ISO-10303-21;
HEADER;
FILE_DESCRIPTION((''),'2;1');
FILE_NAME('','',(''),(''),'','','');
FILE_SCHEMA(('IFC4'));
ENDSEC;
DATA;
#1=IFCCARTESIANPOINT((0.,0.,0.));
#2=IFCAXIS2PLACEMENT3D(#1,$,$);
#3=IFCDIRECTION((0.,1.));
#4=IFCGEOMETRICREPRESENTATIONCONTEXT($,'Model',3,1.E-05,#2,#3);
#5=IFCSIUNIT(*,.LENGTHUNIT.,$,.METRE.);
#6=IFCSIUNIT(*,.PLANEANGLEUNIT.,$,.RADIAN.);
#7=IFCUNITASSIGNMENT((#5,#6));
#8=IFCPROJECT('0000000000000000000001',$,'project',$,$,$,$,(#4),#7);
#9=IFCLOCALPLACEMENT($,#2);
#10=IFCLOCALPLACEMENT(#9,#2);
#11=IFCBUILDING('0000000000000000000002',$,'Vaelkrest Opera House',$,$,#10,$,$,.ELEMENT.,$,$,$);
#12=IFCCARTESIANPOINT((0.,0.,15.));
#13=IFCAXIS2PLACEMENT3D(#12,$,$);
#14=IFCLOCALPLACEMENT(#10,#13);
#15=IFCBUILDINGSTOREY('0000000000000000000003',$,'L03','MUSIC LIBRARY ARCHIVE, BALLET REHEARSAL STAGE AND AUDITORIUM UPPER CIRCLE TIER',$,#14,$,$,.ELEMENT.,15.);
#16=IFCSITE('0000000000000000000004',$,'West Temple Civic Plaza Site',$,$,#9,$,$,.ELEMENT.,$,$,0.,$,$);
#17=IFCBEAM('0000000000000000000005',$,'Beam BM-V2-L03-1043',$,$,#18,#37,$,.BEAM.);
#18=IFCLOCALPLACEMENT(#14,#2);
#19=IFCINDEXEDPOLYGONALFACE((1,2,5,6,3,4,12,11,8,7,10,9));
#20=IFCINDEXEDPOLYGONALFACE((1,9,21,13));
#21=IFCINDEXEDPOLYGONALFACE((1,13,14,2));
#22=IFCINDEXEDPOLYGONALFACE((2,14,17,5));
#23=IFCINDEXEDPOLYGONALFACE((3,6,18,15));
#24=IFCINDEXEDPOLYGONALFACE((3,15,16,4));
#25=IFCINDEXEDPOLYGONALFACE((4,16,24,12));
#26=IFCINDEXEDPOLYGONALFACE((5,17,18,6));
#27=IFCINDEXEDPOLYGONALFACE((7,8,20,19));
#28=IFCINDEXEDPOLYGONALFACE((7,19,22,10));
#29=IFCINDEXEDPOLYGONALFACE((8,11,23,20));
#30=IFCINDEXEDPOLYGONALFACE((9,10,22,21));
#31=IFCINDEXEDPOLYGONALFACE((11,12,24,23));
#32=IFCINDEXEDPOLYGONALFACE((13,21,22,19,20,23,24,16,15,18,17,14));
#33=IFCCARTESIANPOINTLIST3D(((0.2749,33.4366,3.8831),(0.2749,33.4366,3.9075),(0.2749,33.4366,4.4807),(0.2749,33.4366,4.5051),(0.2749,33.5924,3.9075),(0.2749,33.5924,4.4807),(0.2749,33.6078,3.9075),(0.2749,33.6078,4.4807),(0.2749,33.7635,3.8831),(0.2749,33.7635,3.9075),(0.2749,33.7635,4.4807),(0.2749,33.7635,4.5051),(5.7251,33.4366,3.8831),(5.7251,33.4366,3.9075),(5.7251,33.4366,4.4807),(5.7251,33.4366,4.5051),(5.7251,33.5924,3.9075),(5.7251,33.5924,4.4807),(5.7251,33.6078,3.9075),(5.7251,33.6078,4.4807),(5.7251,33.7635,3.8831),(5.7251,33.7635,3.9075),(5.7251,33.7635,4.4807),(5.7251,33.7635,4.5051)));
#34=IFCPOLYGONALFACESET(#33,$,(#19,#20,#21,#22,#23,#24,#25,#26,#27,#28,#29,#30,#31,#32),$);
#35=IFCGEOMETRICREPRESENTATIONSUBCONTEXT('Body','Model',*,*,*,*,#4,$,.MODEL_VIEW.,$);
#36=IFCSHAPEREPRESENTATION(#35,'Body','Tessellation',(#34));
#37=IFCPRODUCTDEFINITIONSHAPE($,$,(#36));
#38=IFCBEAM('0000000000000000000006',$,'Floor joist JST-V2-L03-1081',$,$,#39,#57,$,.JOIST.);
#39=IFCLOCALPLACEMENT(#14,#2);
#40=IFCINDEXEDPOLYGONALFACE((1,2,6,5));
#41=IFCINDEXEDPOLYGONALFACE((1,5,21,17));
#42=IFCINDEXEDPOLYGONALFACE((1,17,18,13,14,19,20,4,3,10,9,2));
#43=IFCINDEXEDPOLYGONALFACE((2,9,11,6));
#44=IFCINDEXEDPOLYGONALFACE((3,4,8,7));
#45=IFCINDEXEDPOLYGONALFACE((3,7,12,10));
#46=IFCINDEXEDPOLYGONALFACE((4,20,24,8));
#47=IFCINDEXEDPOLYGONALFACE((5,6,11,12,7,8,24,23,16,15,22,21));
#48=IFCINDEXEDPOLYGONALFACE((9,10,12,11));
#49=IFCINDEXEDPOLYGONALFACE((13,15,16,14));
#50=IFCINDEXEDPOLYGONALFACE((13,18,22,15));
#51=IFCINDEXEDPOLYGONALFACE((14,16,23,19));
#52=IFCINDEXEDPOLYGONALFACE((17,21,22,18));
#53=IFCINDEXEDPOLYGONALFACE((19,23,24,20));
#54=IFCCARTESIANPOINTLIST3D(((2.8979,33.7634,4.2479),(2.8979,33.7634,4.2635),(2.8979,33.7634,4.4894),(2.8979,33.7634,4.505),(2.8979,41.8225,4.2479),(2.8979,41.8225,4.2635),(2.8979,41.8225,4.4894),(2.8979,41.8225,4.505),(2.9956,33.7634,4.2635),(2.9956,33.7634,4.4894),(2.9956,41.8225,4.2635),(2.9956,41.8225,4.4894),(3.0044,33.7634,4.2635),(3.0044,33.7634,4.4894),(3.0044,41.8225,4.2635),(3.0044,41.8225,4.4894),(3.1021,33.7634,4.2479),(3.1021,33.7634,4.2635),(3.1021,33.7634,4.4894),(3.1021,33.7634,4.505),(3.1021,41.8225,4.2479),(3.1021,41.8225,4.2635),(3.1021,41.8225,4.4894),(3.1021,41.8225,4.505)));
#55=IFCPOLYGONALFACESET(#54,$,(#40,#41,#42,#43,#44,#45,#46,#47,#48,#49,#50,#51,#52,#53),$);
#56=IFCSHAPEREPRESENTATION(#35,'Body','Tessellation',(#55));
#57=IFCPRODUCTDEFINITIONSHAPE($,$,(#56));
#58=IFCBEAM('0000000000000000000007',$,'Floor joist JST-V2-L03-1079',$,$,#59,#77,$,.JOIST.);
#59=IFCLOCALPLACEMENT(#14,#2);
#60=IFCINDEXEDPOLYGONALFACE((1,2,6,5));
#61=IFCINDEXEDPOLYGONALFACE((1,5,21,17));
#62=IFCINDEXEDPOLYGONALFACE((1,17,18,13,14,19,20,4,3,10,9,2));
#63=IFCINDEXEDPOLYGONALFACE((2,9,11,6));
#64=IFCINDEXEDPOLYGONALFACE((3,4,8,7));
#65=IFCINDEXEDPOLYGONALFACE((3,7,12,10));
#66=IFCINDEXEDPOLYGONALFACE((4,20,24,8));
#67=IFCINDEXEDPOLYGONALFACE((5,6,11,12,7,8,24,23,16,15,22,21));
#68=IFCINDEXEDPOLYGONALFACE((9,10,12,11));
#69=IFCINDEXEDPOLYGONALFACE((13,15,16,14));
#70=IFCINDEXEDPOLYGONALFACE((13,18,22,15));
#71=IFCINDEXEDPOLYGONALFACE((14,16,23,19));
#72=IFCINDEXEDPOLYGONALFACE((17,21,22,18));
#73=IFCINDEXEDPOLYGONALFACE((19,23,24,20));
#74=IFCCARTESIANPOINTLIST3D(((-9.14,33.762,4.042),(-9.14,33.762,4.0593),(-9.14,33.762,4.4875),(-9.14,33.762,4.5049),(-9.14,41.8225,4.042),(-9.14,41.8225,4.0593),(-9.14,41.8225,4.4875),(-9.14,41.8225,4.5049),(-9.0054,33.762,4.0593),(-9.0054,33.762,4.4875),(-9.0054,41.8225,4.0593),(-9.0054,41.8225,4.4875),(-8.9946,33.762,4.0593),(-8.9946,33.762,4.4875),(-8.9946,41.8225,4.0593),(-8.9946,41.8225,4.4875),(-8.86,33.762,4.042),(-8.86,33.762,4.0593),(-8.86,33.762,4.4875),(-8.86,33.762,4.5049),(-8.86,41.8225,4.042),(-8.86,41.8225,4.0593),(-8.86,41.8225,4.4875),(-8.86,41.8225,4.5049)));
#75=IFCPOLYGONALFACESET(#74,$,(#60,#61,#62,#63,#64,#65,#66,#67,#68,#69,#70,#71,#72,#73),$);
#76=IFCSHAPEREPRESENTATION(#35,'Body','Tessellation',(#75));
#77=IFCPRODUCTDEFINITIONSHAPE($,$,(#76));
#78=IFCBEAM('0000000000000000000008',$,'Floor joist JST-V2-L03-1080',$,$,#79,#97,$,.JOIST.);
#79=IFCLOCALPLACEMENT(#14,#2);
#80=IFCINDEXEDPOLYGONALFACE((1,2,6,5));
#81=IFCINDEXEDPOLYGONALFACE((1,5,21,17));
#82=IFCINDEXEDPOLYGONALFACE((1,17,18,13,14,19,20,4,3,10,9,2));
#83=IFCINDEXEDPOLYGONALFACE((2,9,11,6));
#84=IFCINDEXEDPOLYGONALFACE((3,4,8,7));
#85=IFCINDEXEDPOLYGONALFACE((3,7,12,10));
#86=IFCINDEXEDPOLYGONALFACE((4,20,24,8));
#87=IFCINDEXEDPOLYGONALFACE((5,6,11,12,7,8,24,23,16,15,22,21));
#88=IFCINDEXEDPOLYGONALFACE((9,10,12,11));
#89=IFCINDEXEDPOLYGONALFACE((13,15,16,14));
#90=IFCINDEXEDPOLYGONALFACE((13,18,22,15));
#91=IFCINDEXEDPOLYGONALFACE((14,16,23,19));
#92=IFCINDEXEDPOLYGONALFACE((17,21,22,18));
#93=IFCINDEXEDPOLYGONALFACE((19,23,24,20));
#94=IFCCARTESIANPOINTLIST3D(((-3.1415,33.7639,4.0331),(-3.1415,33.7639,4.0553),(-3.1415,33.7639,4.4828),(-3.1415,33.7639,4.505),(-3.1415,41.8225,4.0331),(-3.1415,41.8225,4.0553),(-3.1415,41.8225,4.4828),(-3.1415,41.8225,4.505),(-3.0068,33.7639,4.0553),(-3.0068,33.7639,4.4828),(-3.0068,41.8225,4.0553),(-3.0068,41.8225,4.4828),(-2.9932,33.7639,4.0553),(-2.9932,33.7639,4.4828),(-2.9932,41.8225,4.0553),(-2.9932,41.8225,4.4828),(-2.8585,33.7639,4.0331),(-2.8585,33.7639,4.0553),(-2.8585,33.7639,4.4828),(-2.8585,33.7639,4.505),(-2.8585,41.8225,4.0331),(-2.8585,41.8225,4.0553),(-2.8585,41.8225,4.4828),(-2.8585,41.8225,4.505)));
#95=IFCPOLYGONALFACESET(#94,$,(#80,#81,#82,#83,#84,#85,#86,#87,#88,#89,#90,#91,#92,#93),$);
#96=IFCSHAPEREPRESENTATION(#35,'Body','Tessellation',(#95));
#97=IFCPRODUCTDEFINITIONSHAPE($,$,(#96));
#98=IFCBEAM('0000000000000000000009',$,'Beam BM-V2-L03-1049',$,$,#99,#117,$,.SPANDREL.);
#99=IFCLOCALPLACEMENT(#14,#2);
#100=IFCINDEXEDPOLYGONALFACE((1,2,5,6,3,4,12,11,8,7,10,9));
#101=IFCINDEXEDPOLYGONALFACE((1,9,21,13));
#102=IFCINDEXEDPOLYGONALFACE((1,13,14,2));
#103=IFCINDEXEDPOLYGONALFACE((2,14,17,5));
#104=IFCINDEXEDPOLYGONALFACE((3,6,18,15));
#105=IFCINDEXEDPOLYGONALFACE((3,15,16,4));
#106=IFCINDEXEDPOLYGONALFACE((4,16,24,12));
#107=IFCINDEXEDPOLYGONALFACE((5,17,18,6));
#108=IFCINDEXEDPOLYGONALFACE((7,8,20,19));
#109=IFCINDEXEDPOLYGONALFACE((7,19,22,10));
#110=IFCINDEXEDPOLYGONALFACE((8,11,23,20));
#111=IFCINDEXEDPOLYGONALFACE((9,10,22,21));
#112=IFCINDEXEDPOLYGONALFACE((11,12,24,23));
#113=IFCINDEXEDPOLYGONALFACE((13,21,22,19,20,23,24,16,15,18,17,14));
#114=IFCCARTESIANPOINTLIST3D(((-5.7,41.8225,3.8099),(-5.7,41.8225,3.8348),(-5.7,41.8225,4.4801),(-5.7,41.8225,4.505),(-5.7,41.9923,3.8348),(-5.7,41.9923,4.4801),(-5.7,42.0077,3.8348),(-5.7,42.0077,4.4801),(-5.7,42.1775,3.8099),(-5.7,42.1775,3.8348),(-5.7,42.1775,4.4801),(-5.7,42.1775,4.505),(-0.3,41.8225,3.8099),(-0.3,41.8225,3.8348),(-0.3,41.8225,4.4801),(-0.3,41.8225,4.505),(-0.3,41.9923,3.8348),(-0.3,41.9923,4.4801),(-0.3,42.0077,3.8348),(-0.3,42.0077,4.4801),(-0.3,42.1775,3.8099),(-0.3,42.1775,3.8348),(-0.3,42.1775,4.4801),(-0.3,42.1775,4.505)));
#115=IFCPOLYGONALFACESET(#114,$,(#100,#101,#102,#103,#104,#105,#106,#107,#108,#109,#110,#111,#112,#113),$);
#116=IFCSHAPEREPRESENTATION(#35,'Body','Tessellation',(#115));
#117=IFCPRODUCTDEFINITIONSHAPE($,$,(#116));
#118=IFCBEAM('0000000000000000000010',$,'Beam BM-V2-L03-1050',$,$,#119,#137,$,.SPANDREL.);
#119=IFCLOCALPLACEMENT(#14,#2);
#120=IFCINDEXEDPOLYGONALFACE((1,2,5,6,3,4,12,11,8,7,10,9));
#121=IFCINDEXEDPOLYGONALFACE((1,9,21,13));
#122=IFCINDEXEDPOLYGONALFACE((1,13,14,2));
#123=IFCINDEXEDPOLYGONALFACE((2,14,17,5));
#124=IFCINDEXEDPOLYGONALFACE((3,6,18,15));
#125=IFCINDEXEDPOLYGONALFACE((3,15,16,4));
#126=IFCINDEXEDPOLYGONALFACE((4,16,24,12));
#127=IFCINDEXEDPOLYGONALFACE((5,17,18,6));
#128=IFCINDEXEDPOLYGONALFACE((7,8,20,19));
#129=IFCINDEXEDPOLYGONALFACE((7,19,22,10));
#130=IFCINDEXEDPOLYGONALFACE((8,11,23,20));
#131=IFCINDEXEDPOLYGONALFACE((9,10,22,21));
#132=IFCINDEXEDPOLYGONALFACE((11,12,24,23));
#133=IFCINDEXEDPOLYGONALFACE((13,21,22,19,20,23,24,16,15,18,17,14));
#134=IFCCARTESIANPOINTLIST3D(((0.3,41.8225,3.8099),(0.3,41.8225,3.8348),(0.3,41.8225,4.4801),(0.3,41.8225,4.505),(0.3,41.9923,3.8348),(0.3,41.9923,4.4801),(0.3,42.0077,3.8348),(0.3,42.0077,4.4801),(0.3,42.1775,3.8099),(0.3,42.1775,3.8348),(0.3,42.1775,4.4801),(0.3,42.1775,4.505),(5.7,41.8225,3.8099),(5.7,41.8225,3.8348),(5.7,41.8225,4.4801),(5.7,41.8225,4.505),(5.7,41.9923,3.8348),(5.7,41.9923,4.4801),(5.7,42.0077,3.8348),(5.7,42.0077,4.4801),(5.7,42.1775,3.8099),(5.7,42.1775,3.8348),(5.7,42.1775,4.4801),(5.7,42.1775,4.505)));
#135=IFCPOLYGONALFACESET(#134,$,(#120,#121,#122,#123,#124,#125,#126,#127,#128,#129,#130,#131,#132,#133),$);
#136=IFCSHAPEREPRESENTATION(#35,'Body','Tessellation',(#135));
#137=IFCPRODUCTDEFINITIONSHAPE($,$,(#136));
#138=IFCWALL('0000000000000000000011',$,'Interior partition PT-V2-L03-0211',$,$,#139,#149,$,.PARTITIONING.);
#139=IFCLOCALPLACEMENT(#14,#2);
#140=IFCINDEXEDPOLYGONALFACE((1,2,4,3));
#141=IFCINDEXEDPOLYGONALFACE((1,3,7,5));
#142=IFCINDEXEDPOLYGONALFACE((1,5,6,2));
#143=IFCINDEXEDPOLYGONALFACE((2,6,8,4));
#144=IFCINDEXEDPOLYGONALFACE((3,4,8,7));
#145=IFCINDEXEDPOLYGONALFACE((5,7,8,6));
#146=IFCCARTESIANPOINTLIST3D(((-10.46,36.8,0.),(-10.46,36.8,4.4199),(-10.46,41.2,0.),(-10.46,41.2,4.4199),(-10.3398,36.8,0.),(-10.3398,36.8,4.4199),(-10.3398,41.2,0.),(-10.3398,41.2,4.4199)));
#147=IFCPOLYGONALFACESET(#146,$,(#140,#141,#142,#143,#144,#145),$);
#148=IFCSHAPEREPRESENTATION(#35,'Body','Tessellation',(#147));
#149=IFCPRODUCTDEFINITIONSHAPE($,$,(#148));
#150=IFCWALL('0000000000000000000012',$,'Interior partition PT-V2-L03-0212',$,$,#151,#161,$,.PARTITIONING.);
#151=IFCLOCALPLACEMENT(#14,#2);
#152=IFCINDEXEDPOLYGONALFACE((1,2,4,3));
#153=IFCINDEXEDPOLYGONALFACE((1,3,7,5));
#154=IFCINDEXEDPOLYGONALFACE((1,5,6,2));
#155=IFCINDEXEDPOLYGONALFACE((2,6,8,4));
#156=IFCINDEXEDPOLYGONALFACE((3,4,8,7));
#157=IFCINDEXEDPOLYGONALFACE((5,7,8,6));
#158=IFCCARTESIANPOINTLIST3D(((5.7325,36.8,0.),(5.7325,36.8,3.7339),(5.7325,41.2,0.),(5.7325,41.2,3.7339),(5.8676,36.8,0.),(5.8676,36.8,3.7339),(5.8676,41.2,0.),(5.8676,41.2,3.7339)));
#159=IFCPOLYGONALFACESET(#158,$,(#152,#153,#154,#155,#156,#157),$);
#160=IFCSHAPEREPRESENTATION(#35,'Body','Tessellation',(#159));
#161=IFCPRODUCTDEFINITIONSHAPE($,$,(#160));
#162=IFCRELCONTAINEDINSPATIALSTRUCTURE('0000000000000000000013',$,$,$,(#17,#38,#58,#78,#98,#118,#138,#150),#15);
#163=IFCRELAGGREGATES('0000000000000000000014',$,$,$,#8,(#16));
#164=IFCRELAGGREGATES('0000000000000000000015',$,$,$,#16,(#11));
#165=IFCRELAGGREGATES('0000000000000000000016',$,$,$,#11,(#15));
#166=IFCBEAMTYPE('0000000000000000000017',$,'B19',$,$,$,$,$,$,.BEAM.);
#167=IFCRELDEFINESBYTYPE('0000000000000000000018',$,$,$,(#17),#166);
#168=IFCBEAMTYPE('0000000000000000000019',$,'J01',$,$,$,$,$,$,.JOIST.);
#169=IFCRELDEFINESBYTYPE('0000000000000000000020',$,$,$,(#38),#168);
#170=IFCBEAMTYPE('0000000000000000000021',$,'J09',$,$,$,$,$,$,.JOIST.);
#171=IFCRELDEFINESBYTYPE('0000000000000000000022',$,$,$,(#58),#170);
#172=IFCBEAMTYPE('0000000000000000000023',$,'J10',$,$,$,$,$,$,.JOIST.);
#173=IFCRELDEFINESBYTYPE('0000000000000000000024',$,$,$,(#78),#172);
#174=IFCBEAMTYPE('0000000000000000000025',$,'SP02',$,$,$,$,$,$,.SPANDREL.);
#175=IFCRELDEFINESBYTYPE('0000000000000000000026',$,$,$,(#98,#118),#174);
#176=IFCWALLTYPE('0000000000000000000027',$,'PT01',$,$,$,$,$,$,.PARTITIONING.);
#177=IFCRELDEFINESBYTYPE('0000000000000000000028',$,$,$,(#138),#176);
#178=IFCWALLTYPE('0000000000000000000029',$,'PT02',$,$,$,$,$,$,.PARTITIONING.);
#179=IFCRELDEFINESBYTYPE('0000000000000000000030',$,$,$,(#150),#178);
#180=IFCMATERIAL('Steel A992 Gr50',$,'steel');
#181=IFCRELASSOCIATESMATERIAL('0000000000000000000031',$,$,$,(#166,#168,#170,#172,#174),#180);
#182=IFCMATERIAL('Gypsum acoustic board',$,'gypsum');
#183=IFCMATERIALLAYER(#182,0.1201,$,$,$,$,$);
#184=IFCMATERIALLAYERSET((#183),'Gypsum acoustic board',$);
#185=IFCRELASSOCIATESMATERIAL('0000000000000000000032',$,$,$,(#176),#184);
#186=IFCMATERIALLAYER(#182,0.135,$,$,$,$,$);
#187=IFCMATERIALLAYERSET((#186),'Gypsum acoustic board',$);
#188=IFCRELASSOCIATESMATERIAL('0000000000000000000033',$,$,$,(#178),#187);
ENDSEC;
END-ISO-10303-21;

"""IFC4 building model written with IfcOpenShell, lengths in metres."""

from ifc_helpers import new_model, si_unit, direction, frame, frame_2d, origin, origin_2d, place, context, subcontext, project, spatial, rectangle, i_section, extrude, material, layer, layer_set, material_profile, profile_set, type_object, element, save


model = new_model("IFC4")

# Units and contexts
model_context = context("Model", 3, precision=1e-05, world=origin(), true_north=direction((0.0, 1.0)))
body_context = subcontext(model_context, "Body", "Model", "MODEL_VIEW")
ifc_project = project(units=[si_unit("LENGTHUNIT", "METRE"), si_unit("PLANEANGLEUNIT", "RADIAN")], contexts=[model_context])

# Site, building, storey
site_placement = place(None, origin())
site = spatial("IfcSite", under=ifc_project, at=site_placement, Name="West Temple Civic Plaza Site", CompositionType="ELEMENT", RefElevation=0.0)
building_placement = place(site_placement, origin())
building = spatial("IfcBuilding", under=site, at=building_placement, Name="Vaelkrest Opera House", CompositionType="ELEMENT")
storey_placement = place(building_placement, frame((0.0, 0.0, 15.0)))
storey = spatial("IfcBuildingStorey", under=building, at=storey_placement, Name="L03", Description="MUSIC LIBRARY ARCHIVE, BALLET REHEARSAL STAGE AND AUDITORIUM UPPER CIRCLE TIER", CompositionType="ELEMENT", Elevation=15.0)

# Beams
ifc_material_1 = material(Name="Steel A992 Gr50", Category="steel")
ifc_material_profile_1 = material_profile(ifc_material_1, i_section(OverallWidth=0.3269, OverallDepth=0.6221, WebThickness=0.0154, FlangeThickness=0.0244, at=origin_2d()), Name="W24X131")
ifc_profile_set_1 = profile_set([ifc_material_profile_1], Name="Steel A992 Gr50")
beam_type_1 = type_object("IfcBeamType", Name="B19", PredefinedType="BEAM", material=ifc_profile_set_1)
beam_1_placement = place(storey_placement, frame((0.2749, 33.6001, 4.1941), z_axis=(1.0, 0.0, 0.0), x_axis=(0.0, 1.0, 0.0)))
element("IfcBeam", 1, at=beam_1_placement, inside=storey, type_object=beam_type_1, Name="Beam BM-V2-L03-1043", PredefinedType="BEAM", context=body_context, shape_type="SweptSolid", body=[
    extrude(i_section(OverallWidth=0.3269, OverallDepth=0.6221, WebThickness=0.0154, FlangeThickness=0.0244, at=origin_2d()), origin(), (0.0, 0.0, 1.0), 5.4502),
])
ifc_material_profile_2 = material_profile(ifc_material_1, i_section(OverallWidth=0.2041, OverallDepth=0.2571, WebThickness=0.0088, FlangeThickness=0.0156, at=origin_2d()), Name="W10X45")
ifc_profile_set_2 = profile_set([ifc_material_profile_2], Name="Steel A992 Gr50")
beam_type_2 = type_object("IfcBeamType", Name="J01", PredefinedType="JOIST", material=ifc_profile_set_2)
beam_2_placement = place(storey_placement, frame((3.0, 33.7634, 4.3765), z_axis=(0.0, 1.0, 0.0), x_axis=(-1.0, 0.0, 0.0)))
element("IfcBeam", 2, at=beam_2_placement, inside=storey, type_object=beam_type_2, Name="Floor joist JST-V2-L03-1081", PredefinedType="JOIST", context=body_context, shape_type="SweptSolid", body=[
    extrude(i_section(OverallWidth=0.2041, OverallDepth=0.2571, WebThickness=0.0088, FlangeThickness=0.0156, at=origin_2d()), origin(), (0.0, 0.0, 1.0), 8.0591),
])
ifc_material_profile_3 = material_profile(ifc_material_1, i_section(OverallWidth=0.28, OverallDepth=0.4629, WebThickness=0.0107, FlangeThickness=0.0173, at=origin_2d()), Name="W18X76")
ifc_profile_set_3 = profile_set([ifc_material_profile_3], Name="Steel A992 Gr50")
beam_type_3 = type_object("IfcBeamType", Name="J09", PredefinedType="JOIST", material=ifc_profile_set_3)
beam_3_placement = place(storey_placement, frame((-9.0, 33.762, 4.2734), z_axis=(0.0, 1.0, 0.0), x_axis=(-1.0, 0.0, 0.0)))
element("IfcBeam", 3, at=beam_3_placement, inside=storey, type_object=beam_type_3, Name="Floor joist JST-V2-L03-1079", PredefinedType="JOIST", context=body_context, shape_type="SweptSolid", body=[
    extrude(i_section(OverallWidth=0.28, OverallDepth=0.4629, WebThickness=0.0107, FlangeThickness=0.0173, at=origin_2d()), origin(), (0.0, 0.0, 1.0), 8.0605),
])
ifc_material_profile_4 = material_profile(ifc_material_1, i_section(OverallWidth=0.283, OverallDepth=0.4719, WebThickness=0.0137, FlangeThickness=0.0222, at=origin_2d()), Name="W18X97")
ifc_profile_set_4 = profile_set([ifc_material_profile_4], Name="Steel A992 Gr50")
beam_type_4 = type_object("IfcBeamType", Name="J10", PredefinedType="JOIST", material=ifc_profile_set_4)
beam_4_placement = place(storey_placement, frame((-3.0, 33.7639, 4.269), z_axis=(0.0, 1.0, 0.0), x_axis=(-1.0, 0.0, 0.0)))
element("IfcBeam", 4, at=beam_4_placement, inside=storey, type_object=beam_type_4, Name="Floor joist JST-V2-L03-1080", PredefinedType="JOIST", context=body_context, shape_type="SweptSolid", body=[
    extrude(i_section(OverallWidth=0.283, OverallDepth=0.4719, WebThickness=0.0137, FlangeThickness=0.0222, at=origin_2d()), origin(), (0.0, 0.0, 1.0), 8.0586),
])
ifc_material_profile_5 = material_profile(ifc_material_1, i_section(OverallWidth=0.355, OverallDepth=0.6951, WebThickness=0.0154, FlangeThickness=0.0249, at=origin_2d()), Name="W27X146")
ifc_profile_set_5 = profile_set([ifc_material_profile_5], Name="Steel A992 Gr50")
beam_type_5 = type_object("IfcBeamType", Name="SP02", PredefinedType="SPANDREL", material=ifc_profile_set_5)
for number, where, z_axis, x_axis, name in (
    (5, (-5.7, 42.0, 4.1575), (1.0, 0.0, 0.0), (0.0, 1.0, 0.0), "Beam BM-V2-L03-1049"),
    (6, (0.3, 42.0, 4.1575), (1.0, 0.0, 0.0), (0.0, 1.0, 0.0), "Beam BM-V2-L03-1050"),
):
    element("IfcBeam", number, at=place(storey_placement, frame(where, z_axis=z_axis, x_axis=x_axis)), inside=storey, type_object=beam_type_5, Name=name, PredefinedType="SPANDREL", context=body_context, shape_type="SweptSolid", body=[
        extrude(i_section(OverallWidth=0.355, OverallDepth=0.6951, WebThickness=0.0154, FlangeThickness=0.0249, at=origin_2d()), origin(), (0.0, 0.0, 1.0), 5.3999),
    ])

# Walls
ifc_material_2 = material(Name="Gypsum acoustic board", Category="gypsum")
ifc_layer_1 = layer(ifc_material_2, 0.1201)
ifc_layer_set_1 = layer_set([ifc_layer_1], Name="Gypsum acoustic board")
wall_type_1 = type_object("IfcWallType", Name="PT01", PredefinedType="PARTITIONING", material=ifc_layer_set_1)
wall_1_placement = place(storey_placement, frame((-10.3999, 36.8, 0.0), z_axis=(0.0, 0.0, 1.0), x_axis=(0.0, 1.0, 0.0)))
element("IfcWall", 7, at=wall_1_placement, inside=storey, type_object=wall_type_1, Name="Interior partition PT-V2-L03-0211", PredefinedType="PARTITIONING", context=body_context, shape_type="SweptSolid", body=[
    extrude(rectangle(XDim=4.3999, YDim=0.1201, at=frame_2d((2.2, 0.0))), origin(), (0.0, 0.0, 1.0), 4.4199),
])
ifc_layer_2 = layer(ifc_material_2, 0.135)
ifc_layer_set_2 = layer_set([ifc_layer_2], Name="Gypsum acoustic board")
wall_type_2 = type_object("IfcWallType", Name="PT02", PredefinedType="PARTITIONING", material=ifc_layer_set_2)
wall_2_placement = place(storey_placement, frame((5.8, 36.8, 0.0), z_axis=(0.0, 0.0, 1.0), x_axis=(0.0, 1.0, 0.0)))
element("IfcWall", 8, at=wall_2_placement, inside=storey, type_object=wall_type_2, Name="Interior partition PT-V2-L03-0212", PredefinedType="PARTITIONING", context=body_context, shape_type="SweptSolid", body=[
    extrude(rectangle(XDim=4.3999, YDim=0.135, at=frame_2d((2.2, 0.0))), origin(), (0.0, 0.0, 1.0), 3.7339),
])

save(model, "model.ifc")
